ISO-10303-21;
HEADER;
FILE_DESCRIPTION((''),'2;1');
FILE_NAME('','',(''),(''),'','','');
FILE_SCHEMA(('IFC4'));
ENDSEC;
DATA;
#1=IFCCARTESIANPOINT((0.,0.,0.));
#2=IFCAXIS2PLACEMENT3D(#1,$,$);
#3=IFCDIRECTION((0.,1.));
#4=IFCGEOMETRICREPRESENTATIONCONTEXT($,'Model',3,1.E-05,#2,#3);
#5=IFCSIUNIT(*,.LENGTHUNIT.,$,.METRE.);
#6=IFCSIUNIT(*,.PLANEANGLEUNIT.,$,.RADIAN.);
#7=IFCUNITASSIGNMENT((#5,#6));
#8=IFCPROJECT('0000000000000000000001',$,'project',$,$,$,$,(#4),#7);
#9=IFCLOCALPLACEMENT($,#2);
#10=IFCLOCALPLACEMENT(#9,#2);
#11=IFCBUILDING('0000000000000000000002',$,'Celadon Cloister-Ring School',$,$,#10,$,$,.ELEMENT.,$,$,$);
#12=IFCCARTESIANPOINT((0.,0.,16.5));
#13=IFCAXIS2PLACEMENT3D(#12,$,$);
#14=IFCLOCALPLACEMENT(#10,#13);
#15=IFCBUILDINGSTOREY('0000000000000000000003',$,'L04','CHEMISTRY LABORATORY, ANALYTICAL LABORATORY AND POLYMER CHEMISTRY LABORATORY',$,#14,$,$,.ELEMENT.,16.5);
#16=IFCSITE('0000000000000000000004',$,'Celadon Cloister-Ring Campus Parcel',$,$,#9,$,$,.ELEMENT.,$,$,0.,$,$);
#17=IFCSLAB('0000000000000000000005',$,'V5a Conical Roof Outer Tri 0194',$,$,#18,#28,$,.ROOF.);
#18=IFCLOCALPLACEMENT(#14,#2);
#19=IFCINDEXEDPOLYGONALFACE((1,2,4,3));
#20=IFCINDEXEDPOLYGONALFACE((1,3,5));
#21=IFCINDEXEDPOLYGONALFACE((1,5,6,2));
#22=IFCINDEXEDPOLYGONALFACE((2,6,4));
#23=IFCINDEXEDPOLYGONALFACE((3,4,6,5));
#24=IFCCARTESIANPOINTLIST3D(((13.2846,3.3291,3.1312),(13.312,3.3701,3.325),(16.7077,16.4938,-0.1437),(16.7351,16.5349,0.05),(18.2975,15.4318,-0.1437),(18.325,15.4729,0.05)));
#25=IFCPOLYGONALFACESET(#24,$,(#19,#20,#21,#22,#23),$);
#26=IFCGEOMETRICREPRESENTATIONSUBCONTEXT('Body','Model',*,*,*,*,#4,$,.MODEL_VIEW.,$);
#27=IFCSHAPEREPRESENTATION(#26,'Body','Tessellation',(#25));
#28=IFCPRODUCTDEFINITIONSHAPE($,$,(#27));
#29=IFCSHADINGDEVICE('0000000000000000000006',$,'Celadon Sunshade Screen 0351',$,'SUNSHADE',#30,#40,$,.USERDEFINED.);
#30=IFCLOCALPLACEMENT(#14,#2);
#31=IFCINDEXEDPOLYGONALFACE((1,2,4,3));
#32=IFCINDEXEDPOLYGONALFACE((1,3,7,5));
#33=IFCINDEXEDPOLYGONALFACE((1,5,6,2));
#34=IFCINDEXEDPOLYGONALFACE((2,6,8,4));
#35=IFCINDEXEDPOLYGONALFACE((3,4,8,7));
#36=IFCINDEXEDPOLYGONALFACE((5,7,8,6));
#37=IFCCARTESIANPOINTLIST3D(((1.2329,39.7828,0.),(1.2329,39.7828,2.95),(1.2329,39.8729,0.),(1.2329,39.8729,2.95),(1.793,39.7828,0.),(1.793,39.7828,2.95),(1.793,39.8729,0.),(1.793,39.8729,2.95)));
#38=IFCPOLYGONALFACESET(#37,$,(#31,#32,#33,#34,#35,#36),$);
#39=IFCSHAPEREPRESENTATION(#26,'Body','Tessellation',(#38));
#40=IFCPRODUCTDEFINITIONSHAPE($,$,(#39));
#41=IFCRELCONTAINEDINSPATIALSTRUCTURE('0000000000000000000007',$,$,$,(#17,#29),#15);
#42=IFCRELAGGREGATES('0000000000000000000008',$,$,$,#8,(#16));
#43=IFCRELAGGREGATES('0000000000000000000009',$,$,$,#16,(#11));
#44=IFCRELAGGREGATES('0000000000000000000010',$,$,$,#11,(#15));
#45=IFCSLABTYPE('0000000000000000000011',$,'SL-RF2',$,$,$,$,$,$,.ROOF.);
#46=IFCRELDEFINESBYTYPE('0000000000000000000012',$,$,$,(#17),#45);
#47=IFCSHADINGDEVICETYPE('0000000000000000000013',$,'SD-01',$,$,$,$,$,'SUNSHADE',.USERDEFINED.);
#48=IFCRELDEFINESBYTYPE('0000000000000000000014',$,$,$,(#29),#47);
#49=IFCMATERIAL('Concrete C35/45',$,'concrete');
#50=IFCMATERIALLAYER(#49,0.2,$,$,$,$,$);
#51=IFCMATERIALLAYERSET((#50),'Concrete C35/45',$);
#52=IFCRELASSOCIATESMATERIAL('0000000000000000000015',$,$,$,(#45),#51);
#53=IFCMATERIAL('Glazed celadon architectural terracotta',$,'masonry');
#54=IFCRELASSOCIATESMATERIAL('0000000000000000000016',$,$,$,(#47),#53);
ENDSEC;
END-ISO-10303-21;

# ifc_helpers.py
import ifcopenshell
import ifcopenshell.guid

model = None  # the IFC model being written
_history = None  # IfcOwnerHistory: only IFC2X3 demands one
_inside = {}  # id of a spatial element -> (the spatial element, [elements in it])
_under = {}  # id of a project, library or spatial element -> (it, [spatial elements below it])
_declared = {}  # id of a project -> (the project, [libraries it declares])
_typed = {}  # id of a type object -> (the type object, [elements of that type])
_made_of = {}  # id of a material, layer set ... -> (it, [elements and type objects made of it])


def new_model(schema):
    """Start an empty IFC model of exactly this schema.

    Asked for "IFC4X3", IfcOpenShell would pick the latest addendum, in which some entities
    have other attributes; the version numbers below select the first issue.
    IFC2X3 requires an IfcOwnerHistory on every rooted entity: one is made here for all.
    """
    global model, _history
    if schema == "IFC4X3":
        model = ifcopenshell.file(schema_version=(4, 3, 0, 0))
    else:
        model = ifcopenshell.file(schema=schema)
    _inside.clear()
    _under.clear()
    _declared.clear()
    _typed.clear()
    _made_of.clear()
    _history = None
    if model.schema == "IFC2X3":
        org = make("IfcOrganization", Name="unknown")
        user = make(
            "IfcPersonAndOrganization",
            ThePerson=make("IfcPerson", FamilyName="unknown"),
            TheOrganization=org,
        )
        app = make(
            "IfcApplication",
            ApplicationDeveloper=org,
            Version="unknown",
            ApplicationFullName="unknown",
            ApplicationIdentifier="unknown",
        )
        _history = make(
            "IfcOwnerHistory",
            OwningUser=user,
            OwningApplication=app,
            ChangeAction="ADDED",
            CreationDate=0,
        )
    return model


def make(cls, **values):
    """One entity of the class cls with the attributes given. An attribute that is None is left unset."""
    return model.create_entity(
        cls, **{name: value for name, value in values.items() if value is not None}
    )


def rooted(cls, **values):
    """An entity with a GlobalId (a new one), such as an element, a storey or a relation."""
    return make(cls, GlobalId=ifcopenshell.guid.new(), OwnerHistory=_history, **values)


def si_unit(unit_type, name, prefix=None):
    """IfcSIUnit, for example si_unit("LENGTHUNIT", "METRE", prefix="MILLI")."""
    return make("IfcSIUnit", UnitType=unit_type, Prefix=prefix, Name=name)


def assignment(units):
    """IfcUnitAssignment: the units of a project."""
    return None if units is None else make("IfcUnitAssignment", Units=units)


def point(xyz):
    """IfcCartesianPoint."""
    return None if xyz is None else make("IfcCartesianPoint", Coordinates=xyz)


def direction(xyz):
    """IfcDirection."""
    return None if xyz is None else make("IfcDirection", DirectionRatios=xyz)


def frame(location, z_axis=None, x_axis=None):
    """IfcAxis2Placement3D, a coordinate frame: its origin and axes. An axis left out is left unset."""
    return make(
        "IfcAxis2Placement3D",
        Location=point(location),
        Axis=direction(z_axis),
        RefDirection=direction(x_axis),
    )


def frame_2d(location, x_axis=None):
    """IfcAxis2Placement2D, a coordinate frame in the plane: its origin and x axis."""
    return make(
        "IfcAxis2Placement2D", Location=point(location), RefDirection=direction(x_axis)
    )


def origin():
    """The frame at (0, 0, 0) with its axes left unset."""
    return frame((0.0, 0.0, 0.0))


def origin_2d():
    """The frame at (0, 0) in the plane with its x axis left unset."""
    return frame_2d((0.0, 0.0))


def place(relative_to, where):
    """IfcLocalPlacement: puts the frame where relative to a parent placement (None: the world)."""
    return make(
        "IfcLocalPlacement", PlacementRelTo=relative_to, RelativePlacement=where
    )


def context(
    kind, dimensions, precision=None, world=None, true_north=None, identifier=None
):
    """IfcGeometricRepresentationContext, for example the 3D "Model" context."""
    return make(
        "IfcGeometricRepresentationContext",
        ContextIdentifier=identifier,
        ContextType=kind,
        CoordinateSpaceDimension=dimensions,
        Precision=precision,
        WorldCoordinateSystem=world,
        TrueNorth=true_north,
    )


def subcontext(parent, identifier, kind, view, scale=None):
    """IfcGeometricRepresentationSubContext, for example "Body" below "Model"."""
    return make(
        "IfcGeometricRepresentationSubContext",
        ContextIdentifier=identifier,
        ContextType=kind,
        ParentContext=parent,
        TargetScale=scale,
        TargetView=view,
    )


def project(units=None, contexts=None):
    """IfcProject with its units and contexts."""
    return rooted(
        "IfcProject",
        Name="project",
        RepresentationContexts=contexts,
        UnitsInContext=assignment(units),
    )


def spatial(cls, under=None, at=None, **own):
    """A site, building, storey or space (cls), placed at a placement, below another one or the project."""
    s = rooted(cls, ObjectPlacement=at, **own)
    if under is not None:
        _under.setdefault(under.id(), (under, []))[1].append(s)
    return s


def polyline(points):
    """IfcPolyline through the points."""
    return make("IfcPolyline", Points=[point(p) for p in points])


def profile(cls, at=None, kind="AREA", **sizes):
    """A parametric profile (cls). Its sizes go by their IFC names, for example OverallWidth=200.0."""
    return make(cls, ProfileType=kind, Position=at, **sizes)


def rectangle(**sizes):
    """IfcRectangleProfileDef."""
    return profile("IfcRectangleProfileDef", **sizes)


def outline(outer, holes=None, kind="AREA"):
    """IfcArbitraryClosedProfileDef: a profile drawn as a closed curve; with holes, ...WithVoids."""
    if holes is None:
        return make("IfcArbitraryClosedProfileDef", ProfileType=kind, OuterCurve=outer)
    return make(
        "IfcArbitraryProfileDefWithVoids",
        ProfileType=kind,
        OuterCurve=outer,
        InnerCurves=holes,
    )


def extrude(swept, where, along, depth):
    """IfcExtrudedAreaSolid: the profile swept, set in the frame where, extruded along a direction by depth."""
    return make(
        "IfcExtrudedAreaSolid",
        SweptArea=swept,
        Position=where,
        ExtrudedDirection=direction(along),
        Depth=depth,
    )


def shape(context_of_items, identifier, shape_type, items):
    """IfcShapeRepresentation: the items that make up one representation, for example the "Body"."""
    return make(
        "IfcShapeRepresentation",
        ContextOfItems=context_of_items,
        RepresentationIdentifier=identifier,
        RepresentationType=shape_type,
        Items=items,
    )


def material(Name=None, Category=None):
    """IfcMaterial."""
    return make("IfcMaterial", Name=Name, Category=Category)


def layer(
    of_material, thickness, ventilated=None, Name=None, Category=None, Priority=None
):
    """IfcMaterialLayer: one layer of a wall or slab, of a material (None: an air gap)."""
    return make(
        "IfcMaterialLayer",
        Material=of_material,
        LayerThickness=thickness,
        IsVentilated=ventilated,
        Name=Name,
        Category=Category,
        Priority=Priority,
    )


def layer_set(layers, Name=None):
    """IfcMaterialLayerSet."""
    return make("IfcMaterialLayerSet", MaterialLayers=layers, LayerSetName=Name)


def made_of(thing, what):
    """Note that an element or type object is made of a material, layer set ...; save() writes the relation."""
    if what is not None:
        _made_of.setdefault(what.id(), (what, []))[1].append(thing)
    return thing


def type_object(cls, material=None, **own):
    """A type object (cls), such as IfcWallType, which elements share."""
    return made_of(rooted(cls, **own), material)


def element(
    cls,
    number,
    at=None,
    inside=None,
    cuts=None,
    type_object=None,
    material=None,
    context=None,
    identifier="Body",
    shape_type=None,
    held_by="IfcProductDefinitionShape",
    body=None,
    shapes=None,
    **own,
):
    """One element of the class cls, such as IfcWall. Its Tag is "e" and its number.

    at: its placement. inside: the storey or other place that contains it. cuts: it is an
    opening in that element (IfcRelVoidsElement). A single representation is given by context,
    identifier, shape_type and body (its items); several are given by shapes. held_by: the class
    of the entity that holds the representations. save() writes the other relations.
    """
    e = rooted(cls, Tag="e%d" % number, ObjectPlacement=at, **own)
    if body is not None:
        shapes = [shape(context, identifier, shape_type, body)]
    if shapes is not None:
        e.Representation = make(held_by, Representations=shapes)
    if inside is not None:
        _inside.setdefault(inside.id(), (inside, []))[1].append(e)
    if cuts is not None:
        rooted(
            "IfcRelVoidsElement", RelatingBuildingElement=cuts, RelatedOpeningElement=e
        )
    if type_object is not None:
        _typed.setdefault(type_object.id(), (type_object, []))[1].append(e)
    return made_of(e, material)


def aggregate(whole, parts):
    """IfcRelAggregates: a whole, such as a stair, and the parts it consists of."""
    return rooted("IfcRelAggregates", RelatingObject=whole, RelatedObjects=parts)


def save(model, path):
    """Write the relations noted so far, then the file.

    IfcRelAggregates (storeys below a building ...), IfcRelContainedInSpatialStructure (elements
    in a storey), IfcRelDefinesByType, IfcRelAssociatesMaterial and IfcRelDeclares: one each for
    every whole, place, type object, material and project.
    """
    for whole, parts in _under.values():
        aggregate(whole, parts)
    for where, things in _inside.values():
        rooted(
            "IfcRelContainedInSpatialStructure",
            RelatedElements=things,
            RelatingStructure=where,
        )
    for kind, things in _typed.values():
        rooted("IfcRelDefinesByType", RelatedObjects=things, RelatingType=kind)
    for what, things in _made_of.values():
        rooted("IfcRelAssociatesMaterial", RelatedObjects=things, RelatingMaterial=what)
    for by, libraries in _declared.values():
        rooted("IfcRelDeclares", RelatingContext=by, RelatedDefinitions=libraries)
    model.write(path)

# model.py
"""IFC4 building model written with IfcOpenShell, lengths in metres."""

from ifc_helpers import new_model, si_unit, direction, frame, origin, origin_2d, place, context, subcontext, project, spatial, polyline, rectangle, outline, extrude, material, layer, layer_set, type_object, element, save


model = new_model("IFC4")

# Units and contexts
model_context = context("Model", 3, precision=1e-05, world=origin(), true_north=direction((0.0, 1.0)))
body_context = subcontext(model_context, "Body", "Model", "MODEL_VIEW")
ifc_project = project(units=[si_unit("LENGTHUNIT", "METRE"), si_unit("PLANEANGLEUNIT", "RADIAN")], contexts=[model_context])

# Site, building, storey
site_placement = place(None, origin())
site = spatial("IfcSite", under=ifc_project, at=site_placement, Name="Celadon Cloister-Ring Campus Parcel", CompositionType="ELEMENT", RefElevation=0.0)
building_placement = place(site_placement, origin())
building = spatial("IfcBuilding", under=site, at=building_placement, Name="Celadon Cloister-Ring School", CompositionType="ELEMENT")
storey_placement = place(building_placement, frame((0.0, 0.0, 16.5)))
storey = spatial("IfcBuildingStorey", under=building, at=storey_placement, Name="L04", Description="CHEMISTRY LABORATORY, ANALYTICAL LABORATORY AND POLYMER CHEMISTRY LABORATORY", CompositionType="ELEMENT", Elevation=16.5)

# Slab
ifc_material_1 = material(Name="Concrete C35/45", Category="concrete")
ifc_layer_1 = layer(ifc_material_1, 0.2)
ifc_layer_set_1 = layer_set([ifc_layer_1], Name="Concrete C35/45")
slab_type = type_object("IfcSlabType", Name="SL-RF2", PredefinedType="ROOF", material=ifc_layer_set_1)
slab_1_placement = place(storey_placement, frame((16.7351, 16.5349, 0.05), z_axis=(0.137195, 0.205382, 0.969018), x_axis=(-0.24466, -0.940932, 0.234068)))
element("IfcSlab", 1, at=slab_1_placement, inside=storey, type_object=slab_type, Name="V5a Conical Roof Outer Tri 0194", PredefinedType="ROOF", context=body_context, shape_type="SweptSolid", body=[
    extrude(outline(polyline([(0.0, 0.0), (13.9912, 0.0), (0.6103, 1.8119), (0.0, 0.0)])), origin(), (0.0, 0.0, -1.0), 0.2),
])

# Shading device
ifc_material_2 = material(Name="Glazed celadon architectural terracotta", Category="masonry")
shading_device_type = type_object("IfcShadingDeviceType", Name="SD-01", ElementType="SUNSHADE", PredefinedType="USERDEFINED", material=ifc_material_2)
shading_device_placement = place(storey_placement, frame((1.5129, 39.8279, 0.0), z_axis=(0.0, 0.0, 1.0), x_axis=(-1.0, 0.0, 0.0)))
element("IfcShadingDevice", 2, at=shading_device_placement, inside=storey, type_object=shading_device_type, Name="Celadon Sunshade Screen 0351", ObjectType="SUNSHADE", PredefinedType="USERDEFINED", context=body_context, shape_type="SweptSolid", body=[
    extrude(rectangle(XDim=0.5601, YDim=0.0901, at=origin_2d()), origin(), (0.0, 0.0, 1.0), 2.95),
])

save(model, "model.ifc")
